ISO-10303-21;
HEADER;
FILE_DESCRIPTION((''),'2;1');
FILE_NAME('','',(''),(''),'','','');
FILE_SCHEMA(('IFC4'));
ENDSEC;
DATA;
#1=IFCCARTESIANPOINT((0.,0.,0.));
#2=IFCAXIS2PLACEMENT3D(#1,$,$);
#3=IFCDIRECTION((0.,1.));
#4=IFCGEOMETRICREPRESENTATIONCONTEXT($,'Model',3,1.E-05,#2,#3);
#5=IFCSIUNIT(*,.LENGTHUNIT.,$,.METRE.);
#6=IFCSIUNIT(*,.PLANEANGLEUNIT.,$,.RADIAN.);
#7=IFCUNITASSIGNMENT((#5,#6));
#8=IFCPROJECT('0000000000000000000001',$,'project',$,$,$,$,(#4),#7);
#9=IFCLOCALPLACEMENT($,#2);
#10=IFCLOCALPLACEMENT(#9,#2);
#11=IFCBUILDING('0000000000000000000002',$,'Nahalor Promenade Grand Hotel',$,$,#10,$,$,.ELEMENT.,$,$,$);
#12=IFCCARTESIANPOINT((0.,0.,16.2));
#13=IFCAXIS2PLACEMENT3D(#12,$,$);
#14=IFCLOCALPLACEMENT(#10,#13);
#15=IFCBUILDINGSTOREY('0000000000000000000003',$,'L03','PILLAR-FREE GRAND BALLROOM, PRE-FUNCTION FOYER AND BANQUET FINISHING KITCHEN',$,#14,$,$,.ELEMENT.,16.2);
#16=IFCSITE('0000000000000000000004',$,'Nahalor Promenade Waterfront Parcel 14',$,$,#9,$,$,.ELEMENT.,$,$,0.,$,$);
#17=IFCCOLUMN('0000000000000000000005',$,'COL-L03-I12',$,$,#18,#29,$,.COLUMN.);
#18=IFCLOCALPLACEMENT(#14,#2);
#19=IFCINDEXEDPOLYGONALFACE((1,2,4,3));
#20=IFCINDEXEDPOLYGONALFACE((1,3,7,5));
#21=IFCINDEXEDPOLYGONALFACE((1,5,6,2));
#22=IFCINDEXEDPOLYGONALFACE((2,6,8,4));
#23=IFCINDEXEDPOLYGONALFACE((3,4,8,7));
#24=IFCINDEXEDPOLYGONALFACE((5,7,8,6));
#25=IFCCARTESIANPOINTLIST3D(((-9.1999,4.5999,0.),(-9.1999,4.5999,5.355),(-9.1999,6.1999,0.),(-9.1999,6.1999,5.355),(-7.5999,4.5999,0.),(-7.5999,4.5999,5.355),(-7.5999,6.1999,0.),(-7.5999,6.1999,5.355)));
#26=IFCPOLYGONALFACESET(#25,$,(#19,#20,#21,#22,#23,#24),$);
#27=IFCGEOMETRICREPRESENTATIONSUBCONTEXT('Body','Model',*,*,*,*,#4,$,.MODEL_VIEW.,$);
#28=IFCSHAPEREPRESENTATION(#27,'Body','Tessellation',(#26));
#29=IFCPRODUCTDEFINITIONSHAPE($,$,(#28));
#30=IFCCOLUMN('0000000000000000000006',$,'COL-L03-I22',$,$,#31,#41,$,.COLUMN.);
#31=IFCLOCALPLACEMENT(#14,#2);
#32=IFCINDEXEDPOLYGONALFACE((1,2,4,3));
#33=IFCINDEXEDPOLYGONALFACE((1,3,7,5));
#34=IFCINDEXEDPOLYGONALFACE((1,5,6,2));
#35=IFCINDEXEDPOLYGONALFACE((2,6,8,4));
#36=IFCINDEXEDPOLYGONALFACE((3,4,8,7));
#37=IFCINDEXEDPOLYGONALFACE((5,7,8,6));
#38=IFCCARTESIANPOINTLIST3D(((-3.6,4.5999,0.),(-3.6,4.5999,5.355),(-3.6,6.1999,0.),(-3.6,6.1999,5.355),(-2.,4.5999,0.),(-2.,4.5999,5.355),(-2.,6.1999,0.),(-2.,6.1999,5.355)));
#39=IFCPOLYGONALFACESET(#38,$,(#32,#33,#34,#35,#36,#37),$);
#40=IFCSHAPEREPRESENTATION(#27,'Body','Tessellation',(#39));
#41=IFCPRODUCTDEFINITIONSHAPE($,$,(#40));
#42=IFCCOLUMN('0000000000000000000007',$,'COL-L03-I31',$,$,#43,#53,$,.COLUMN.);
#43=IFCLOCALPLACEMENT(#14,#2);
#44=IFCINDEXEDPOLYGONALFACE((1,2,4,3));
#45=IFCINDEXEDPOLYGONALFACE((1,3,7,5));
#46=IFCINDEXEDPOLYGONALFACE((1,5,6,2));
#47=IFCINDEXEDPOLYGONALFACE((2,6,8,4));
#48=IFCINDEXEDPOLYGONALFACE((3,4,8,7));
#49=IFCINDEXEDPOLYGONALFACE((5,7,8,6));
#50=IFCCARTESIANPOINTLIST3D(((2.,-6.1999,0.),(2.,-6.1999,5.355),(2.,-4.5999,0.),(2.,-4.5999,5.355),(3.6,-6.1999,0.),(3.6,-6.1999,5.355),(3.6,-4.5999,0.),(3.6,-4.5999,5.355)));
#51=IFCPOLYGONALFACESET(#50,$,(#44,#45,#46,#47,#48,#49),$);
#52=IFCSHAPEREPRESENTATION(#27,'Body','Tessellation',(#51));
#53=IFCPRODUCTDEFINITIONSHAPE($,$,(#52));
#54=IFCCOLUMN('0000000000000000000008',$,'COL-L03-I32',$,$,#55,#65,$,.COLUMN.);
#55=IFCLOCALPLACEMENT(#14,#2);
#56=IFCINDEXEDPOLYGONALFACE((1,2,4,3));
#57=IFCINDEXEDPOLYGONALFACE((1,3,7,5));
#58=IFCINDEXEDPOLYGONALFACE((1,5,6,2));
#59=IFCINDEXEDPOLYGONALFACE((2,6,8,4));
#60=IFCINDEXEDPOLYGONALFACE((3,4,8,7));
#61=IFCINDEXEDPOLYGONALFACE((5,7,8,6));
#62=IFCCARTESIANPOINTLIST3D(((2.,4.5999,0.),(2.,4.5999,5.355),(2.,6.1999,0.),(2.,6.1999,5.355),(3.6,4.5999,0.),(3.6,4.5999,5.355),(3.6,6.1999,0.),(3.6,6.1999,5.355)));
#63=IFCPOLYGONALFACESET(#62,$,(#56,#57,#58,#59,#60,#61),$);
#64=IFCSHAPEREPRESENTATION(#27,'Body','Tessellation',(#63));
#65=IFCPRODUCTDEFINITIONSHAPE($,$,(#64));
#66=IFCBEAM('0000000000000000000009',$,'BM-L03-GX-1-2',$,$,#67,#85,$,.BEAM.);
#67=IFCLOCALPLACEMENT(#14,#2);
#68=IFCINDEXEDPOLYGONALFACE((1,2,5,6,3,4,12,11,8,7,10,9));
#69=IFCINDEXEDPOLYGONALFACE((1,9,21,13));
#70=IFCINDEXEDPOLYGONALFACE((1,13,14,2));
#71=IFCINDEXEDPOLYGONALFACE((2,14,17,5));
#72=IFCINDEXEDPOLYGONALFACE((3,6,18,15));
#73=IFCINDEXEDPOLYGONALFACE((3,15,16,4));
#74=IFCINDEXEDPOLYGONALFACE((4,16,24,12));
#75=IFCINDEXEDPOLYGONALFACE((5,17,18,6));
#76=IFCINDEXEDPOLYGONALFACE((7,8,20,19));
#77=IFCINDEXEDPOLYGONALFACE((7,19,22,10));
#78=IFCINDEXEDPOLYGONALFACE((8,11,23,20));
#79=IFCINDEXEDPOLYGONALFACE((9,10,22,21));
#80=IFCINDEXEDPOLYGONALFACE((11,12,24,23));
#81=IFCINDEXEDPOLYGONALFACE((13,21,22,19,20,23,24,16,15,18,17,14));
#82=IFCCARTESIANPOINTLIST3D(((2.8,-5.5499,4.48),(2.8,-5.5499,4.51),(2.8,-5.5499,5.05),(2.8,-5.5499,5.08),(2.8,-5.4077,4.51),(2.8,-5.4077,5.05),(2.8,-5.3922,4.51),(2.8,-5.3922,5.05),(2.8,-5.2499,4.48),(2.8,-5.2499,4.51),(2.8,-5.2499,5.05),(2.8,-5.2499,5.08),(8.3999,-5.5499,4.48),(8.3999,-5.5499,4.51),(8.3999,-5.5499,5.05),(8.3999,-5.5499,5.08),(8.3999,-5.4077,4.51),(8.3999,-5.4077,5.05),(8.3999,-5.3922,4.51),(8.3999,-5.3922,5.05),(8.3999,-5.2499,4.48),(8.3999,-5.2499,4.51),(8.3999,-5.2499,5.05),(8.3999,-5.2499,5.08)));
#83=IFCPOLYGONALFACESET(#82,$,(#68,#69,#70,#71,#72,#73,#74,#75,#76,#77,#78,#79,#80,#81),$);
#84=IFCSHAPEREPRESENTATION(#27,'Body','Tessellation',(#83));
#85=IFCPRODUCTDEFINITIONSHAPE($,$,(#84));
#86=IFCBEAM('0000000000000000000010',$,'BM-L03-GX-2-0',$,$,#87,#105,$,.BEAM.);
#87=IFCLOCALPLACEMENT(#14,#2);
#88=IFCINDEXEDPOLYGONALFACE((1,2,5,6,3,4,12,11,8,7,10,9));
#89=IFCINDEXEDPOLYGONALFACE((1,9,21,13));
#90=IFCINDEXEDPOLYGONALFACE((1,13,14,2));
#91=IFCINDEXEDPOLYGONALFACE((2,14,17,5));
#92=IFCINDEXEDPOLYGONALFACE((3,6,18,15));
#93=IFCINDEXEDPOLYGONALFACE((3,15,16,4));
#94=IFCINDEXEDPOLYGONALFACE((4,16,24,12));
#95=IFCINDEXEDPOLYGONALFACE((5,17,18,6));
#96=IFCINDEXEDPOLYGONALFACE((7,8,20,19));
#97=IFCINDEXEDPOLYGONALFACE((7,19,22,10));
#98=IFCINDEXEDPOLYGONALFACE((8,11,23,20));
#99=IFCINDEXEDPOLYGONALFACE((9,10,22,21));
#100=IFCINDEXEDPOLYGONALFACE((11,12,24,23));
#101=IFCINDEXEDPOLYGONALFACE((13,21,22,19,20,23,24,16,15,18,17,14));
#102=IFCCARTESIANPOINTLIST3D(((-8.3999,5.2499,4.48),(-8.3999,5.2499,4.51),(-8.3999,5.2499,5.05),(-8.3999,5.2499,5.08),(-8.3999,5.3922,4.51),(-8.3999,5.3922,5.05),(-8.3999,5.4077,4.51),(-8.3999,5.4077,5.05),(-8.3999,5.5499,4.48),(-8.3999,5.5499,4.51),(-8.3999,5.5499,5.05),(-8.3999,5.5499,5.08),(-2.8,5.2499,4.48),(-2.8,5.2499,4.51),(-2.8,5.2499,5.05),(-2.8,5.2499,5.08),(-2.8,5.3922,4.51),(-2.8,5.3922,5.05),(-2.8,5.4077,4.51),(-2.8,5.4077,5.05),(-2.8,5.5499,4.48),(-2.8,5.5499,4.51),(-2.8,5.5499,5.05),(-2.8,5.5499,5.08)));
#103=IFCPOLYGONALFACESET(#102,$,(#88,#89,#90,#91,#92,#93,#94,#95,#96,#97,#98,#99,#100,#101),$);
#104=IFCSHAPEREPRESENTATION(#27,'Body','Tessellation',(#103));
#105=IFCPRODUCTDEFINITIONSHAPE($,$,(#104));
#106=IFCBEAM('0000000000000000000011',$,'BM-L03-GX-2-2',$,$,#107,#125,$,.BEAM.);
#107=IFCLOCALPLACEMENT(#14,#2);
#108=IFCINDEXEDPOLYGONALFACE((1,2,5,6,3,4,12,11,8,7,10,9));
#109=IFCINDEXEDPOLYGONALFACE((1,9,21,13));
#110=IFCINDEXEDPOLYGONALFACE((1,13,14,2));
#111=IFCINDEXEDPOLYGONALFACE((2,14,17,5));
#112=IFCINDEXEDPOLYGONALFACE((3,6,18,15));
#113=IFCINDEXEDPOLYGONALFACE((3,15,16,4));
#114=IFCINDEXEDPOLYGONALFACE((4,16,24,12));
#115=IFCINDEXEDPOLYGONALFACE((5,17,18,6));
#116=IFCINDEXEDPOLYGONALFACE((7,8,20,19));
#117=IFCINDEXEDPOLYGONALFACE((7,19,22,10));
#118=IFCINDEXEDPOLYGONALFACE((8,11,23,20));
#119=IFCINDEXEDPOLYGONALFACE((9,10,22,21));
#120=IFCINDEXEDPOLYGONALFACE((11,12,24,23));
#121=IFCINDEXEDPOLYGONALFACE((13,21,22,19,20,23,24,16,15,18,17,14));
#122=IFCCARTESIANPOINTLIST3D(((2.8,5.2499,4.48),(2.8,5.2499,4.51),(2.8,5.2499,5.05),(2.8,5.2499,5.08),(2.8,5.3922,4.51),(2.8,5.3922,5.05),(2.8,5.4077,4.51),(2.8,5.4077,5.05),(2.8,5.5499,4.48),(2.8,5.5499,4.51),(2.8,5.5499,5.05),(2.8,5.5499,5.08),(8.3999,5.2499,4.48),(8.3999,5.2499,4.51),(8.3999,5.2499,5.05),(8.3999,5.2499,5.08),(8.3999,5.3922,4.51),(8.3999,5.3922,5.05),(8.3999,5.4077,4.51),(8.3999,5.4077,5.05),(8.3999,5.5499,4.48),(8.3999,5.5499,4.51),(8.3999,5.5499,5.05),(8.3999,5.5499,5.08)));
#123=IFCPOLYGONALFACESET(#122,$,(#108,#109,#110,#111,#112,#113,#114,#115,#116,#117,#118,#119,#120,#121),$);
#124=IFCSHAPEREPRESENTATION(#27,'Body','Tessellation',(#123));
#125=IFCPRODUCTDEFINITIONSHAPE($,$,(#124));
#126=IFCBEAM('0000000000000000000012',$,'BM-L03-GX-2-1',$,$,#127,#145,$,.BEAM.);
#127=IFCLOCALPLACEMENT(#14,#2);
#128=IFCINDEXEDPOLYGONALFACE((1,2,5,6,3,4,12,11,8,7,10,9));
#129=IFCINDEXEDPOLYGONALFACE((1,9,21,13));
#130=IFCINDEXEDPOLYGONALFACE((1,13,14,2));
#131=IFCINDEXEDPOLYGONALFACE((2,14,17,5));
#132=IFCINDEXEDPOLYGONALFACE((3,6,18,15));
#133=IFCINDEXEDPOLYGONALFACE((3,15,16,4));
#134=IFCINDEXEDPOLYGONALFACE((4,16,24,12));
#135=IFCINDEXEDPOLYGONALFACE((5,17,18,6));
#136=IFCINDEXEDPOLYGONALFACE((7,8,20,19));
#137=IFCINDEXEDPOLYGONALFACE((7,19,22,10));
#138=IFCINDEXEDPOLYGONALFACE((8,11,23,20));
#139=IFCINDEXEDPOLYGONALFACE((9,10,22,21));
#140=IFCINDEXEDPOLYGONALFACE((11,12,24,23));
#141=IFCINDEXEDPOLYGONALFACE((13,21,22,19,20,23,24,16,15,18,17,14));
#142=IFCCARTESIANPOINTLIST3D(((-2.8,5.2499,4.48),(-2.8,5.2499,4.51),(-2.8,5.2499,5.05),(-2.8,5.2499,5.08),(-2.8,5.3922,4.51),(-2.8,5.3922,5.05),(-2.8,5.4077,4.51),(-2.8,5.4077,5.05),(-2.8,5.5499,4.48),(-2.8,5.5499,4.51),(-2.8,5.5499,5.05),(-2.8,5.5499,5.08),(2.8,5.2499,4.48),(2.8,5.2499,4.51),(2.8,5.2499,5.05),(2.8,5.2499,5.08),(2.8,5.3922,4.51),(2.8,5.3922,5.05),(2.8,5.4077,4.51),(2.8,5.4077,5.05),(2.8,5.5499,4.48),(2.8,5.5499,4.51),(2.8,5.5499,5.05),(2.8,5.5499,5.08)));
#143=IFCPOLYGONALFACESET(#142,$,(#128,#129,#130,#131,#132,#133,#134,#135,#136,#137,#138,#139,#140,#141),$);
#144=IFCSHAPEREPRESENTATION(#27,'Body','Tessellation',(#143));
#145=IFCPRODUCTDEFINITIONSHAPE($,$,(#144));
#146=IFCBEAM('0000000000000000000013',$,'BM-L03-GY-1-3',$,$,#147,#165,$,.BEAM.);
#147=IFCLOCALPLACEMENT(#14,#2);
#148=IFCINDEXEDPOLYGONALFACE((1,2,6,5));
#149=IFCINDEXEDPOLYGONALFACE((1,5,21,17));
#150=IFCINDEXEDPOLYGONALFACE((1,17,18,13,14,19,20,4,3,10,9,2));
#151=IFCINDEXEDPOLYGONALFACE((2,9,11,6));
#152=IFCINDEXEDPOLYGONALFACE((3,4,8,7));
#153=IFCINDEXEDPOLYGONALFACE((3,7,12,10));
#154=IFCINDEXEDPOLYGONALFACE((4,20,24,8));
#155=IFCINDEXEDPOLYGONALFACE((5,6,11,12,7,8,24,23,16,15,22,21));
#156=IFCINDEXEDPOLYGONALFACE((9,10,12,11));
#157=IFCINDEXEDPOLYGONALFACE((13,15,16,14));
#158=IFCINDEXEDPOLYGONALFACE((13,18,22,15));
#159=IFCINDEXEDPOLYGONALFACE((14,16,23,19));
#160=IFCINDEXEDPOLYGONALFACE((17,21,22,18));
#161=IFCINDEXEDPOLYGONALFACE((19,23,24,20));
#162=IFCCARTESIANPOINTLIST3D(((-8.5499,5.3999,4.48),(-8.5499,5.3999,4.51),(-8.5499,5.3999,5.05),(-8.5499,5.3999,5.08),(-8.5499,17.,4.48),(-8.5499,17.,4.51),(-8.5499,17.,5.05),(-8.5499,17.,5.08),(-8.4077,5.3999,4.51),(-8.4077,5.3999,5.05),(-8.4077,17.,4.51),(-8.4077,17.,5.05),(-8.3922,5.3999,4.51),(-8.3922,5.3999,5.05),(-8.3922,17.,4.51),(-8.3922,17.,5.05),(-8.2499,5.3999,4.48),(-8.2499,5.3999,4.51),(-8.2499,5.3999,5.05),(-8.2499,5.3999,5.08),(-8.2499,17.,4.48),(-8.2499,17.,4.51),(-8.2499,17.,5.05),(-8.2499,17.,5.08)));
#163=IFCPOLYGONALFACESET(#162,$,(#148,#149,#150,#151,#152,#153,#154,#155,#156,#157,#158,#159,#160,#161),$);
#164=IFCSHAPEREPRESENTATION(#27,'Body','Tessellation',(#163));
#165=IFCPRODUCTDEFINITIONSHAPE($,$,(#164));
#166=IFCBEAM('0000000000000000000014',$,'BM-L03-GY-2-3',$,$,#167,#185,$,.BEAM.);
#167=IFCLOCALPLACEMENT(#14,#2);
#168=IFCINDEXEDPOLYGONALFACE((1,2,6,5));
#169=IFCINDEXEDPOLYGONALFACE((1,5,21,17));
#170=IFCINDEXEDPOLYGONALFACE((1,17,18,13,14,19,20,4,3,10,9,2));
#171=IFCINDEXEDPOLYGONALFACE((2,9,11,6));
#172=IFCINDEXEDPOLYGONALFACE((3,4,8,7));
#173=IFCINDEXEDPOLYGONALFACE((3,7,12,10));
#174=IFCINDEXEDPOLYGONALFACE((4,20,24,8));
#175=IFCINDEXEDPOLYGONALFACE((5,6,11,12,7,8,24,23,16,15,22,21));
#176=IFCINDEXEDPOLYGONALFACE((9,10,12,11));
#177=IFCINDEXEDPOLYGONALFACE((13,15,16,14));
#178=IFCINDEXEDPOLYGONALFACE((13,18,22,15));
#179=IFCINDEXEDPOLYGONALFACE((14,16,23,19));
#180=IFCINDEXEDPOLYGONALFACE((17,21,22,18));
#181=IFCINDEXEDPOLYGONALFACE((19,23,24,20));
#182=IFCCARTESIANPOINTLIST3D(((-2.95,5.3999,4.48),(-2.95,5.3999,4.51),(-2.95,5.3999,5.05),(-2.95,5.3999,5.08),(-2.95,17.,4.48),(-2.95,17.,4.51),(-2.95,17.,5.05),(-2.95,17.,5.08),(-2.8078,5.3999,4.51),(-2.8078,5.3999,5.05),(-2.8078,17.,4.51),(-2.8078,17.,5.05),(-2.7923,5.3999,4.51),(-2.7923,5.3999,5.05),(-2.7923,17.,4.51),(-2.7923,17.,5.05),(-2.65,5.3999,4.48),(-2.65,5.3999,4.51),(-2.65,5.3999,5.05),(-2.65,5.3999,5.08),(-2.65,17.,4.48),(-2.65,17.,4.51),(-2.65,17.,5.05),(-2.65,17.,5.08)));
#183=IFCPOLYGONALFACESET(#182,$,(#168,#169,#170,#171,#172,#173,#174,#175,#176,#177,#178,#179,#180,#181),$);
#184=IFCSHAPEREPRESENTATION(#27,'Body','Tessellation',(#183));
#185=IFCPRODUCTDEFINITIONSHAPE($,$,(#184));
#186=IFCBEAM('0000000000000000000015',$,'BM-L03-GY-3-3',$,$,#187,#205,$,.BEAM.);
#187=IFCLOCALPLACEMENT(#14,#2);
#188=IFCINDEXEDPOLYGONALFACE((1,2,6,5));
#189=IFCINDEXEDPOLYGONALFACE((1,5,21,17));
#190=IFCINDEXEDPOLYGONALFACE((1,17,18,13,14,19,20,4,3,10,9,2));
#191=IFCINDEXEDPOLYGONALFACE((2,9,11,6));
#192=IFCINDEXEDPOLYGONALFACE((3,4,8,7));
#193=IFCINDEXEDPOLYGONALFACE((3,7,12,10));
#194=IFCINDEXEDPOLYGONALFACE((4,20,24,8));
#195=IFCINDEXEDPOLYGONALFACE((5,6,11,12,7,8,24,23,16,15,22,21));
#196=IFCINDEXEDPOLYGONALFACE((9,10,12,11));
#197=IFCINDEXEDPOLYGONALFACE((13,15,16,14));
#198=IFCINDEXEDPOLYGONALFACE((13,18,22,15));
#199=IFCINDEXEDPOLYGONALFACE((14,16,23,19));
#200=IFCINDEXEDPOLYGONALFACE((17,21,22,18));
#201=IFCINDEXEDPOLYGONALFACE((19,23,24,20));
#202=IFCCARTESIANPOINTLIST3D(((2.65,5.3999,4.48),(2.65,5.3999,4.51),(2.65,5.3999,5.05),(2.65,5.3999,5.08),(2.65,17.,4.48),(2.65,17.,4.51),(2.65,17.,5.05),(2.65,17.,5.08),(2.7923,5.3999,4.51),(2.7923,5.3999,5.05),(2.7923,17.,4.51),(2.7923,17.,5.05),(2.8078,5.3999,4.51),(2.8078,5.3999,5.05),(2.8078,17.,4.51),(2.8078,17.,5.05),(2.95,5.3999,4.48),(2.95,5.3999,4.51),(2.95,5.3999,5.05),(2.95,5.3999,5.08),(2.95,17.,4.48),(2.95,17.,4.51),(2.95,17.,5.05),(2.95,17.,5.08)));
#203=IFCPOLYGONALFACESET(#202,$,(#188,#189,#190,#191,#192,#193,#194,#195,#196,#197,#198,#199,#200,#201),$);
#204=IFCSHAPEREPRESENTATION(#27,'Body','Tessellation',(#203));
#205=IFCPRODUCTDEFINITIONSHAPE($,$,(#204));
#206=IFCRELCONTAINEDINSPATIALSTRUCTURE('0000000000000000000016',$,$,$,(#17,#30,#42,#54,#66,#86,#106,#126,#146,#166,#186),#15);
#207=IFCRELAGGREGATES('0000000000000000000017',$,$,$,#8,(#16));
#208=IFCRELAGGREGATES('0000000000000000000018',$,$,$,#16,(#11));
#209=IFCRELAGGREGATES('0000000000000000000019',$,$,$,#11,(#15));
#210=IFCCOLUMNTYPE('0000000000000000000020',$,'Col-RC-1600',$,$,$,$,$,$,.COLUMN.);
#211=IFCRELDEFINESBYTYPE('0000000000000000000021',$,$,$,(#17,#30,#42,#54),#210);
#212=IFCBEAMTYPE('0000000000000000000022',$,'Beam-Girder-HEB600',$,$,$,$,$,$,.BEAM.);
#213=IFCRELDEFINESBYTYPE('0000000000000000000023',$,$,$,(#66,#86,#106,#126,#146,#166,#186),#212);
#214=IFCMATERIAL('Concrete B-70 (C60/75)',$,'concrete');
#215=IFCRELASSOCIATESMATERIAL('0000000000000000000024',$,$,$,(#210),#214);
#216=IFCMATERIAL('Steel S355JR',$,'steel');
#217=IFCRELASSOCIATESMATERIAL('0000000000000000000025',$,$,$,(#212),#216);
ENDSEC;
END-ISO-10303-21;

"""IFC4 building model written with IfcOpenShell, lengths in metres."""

from ifc_helpers import new_model, si_unit, direction, frame, origin, origin_2d, place, context, subcontext, project, spatial, rectangle, i_section, extrude, source, transform, mapped, material, material_profile, profile_set, type_object, element, save


model = new_model("IFC4")

# Units and contexts
model_context = context("Model", 3, precision=1e-05, world=origin(), true_north=direction((0.0, 1.0)))
body_context = subcontext(model_context, "Body", "Model", "MODEL_VIEW")
ifc_project = project(units=[si_unit("LENGTHUNIT", "METRE"), si_unit("PLANEANGLEUNIT", "RADIAN")], contexts=[model_context])

# Site, building, storey
site_placement = place(None, origin())
site = spatial("IfcSite", under=ifc_project, at=site_placement, Name="Nahalor Promenade Waterfront Parcel 14", CompositionType="ELEMENT", RefElevation=0.0)
building_placement = place(site_placement, origin())
building = spatial("IfcBuilding", under=site, at=building_placement, Name="Nahalor Promenade Grand Hotel", CompositionType="ELEMENT")
storey_placement = place(building_placement, frame((0.0, 0.0, 16.2)))
storey = spatial("IfcBuildingStorey", under=building, at=storey_placement, Name="L03", Description="PILLAR-FREE GRAND BALLROOM, PRE-FUNCTION FOYER AND BANQUET FINISHING KITCHEN", CompositionType="ELEMENT", Elevation=16.2)

# Columns
ifc_material_1 = material(Name="Concrete B-70 (C60/75)", Category="concrete")
ifc_material_profile_1 = material_profile(ifc_material_1, rectangle(XDim=1.6, YDim=1.6, at=origin_2d()), Name="RC 1600x1600")
ifc_profile_set_1 = profile_set([ifc_material_profile_1], Name="Concrete B-70 (C60/75)")
column_type = type_object("IfcColumnType", Name="Col-RC-1600", PredefinedType="COLUMN", material=ifc_profile_set_1)
shared_shape_1 = source(origin(), body_context, "Body", "SweptSolid", [
    extrude(rectangle(XDim=1.6, YDim=1.6, at=origin_2d()), origin(), (0.0, 0.0, 1.0), 5.355),
])
for number, where, z_axis, x_axis, name in (
    (1, (-8.3999, 5.3999, 0.0), (0.0, 0.0, 1.0), (1.0, 0.0, 0.0), "COL-L03-I12"),
    (2, (-2.8, 5.3999, 0.0), (0.0, 0.0, 1.0), (1.0, 0.0, 0.0), "COL-L03-I22"),
    (3, (2.8, -5.3999, 0.0), (0.0, 0.0, 1.0), (1.0, 0.0, 0.0), "COL-L03-I31"),
    (4, (2.8, 5.3999, 0.0), (0.0, 0.0, 1.0), (1.0, 0.0, 0.0), "COL-L03-I32"),
):
    element("IfcColumn", number, at=place(storey_placement, frame(where, z_axis=z_axis, x_axis=x_axis)), inside=storey, type_object=column_type, Name=name, PredefinedType="COLUMN", context=body_context, shape_type="MappedRepresentation", body=[
        mapped(shared_shape_1, transform((0.0, 0.0, 0.0), scale=1.0)),
    ])

# Beams
ifc_material_2 = material(Name="Steel S355JR", Category="steel")
ifc_material_profile_2 = material_profile(ifc_material_2, i_section(OverallWidth=0.3, OverallDepth=0.6, WebThickness=0.0155, FlangeThickness=0.03, at=origin_2d()), Name="HEB 600")
ifc_profile_set_2 = profile_set([ifc_material_profile_2], Name="Steel S355JR")
beam_type = type_object("IfcBeamType", Name="Beam-Girder-HEB600", PredefinedType="BEAM", material=ifc_profile_set_2)
shared_shape_2 = source(origin(), body_context, "Body", "SweptSolid", [
    extrude(i_section(OverallWidth=0.3, OverallDepth=0.6, WebThickness=0.0155, FlangeThickness=0.03, at=origin_2d()), origin(), (0.0, 0.0, 1.0), 5.5999),
])
for number, where, z_axis, x_axis, name in (
    (5, (2.8, -5.3999, 4.78), (1.0, 0.0, 0.0), (0.0, 1.0, 0.0), "BM-L03-GX-1-2"),
    (6, (-8.3999, 5.3999, 4.78), (1.0, 0.0, 0.0), (0.0, 1.0, 0.0), "BM-L03-GX-2-0"),
    (7, (2.8, 5.3999, 4.78), (1.0, 0.0, 0.0), (0.0, 1.0, 0.0), "BM-L03-GX-2-2"),
):
    element("IfcBeam", number, at=place(storey_placement, frame(where, z_axis=z_axis, x_axis=x_axis)), inside=storey, type_object=beam_type, Name=name, PredefinedType="BEAM", context=body_context, shape_type="MappedRepresentation", body=[
        mapped(shared_shape_2, transform((0.0, 0.0, 0.0), scale=1.0)),
    ])
shared_shape_3 = source(origin(), body_context, "Body", "SweptSolid", [
    extrude(i_section(OverallWidth=0.3, OverallDepth=0.6, WebThickness=0.0155, FlangeThickness=0.03, at=origin_2d()), origin(), (0.0, 0.0, 1.0), 5.6001),
])
beam_placement = place(storey_placement, frame((-2.8, 5.3999, 4.78), z_axis=(1.0, 0.0, 0.0), x_axis=(0.0, 1.0, 0.0)))
element("IfcBeam", 8, at=beam_placement, inside=storey, type_object=beam_type, Name="BM-L03-GX-2-1", PredefinedType="BEAM", context=body_context, shape_type="MappedRepresentation", body=[
    mapped(shared_shape_3, transform((0.0, 0.0, 0.0), scale=1.0)),
])
shared_shape_4 = source(origin(), body_context, "Body", "SweptSolid", [
    extrude(i_section(OverallWidth=0.3, OverallDepth=0.6, WebThickness=0.0155, FlangeThickness=0.03, at=origin_2d()), origin(), (0.0, 0.0, 1.0), 11.6001),
])
for number, where, z_axis, x_axis, name in (
    (9, (-8.3999, 5.3999, 4.78), (0.0, 1.0, 0.0), (-1.0, 0.0, 0.0), "BM-L03-GY-1-3"),
    (10, (-2.8, 5.3999, 4.78), (0.0, 1.0, 0.0), (-1.0, 0.0, 0.0), "BM-L03-GY-2-3"),
    (11, (2.8, 5.3999, 4.78), (0.0, 1.0, 0.0), (-1.0, 0.0, 0.0), "BM-L03-GY-3-3"),
):
    element("IfcBeam", number, at=place(storey_placement, frame(where, z_axis=z_axis, x_axis=x_axis)), inside=storey, type_object=beam_type, Name=name, PredefinedType="BEAM", context=body_context, shape_type="MappedRepresentation", body=[
        mapped(shared_shape_4, transform((0.0, 0.0, 0.0), scale=1.0)),
    ])

save(model, "model.ifc")
